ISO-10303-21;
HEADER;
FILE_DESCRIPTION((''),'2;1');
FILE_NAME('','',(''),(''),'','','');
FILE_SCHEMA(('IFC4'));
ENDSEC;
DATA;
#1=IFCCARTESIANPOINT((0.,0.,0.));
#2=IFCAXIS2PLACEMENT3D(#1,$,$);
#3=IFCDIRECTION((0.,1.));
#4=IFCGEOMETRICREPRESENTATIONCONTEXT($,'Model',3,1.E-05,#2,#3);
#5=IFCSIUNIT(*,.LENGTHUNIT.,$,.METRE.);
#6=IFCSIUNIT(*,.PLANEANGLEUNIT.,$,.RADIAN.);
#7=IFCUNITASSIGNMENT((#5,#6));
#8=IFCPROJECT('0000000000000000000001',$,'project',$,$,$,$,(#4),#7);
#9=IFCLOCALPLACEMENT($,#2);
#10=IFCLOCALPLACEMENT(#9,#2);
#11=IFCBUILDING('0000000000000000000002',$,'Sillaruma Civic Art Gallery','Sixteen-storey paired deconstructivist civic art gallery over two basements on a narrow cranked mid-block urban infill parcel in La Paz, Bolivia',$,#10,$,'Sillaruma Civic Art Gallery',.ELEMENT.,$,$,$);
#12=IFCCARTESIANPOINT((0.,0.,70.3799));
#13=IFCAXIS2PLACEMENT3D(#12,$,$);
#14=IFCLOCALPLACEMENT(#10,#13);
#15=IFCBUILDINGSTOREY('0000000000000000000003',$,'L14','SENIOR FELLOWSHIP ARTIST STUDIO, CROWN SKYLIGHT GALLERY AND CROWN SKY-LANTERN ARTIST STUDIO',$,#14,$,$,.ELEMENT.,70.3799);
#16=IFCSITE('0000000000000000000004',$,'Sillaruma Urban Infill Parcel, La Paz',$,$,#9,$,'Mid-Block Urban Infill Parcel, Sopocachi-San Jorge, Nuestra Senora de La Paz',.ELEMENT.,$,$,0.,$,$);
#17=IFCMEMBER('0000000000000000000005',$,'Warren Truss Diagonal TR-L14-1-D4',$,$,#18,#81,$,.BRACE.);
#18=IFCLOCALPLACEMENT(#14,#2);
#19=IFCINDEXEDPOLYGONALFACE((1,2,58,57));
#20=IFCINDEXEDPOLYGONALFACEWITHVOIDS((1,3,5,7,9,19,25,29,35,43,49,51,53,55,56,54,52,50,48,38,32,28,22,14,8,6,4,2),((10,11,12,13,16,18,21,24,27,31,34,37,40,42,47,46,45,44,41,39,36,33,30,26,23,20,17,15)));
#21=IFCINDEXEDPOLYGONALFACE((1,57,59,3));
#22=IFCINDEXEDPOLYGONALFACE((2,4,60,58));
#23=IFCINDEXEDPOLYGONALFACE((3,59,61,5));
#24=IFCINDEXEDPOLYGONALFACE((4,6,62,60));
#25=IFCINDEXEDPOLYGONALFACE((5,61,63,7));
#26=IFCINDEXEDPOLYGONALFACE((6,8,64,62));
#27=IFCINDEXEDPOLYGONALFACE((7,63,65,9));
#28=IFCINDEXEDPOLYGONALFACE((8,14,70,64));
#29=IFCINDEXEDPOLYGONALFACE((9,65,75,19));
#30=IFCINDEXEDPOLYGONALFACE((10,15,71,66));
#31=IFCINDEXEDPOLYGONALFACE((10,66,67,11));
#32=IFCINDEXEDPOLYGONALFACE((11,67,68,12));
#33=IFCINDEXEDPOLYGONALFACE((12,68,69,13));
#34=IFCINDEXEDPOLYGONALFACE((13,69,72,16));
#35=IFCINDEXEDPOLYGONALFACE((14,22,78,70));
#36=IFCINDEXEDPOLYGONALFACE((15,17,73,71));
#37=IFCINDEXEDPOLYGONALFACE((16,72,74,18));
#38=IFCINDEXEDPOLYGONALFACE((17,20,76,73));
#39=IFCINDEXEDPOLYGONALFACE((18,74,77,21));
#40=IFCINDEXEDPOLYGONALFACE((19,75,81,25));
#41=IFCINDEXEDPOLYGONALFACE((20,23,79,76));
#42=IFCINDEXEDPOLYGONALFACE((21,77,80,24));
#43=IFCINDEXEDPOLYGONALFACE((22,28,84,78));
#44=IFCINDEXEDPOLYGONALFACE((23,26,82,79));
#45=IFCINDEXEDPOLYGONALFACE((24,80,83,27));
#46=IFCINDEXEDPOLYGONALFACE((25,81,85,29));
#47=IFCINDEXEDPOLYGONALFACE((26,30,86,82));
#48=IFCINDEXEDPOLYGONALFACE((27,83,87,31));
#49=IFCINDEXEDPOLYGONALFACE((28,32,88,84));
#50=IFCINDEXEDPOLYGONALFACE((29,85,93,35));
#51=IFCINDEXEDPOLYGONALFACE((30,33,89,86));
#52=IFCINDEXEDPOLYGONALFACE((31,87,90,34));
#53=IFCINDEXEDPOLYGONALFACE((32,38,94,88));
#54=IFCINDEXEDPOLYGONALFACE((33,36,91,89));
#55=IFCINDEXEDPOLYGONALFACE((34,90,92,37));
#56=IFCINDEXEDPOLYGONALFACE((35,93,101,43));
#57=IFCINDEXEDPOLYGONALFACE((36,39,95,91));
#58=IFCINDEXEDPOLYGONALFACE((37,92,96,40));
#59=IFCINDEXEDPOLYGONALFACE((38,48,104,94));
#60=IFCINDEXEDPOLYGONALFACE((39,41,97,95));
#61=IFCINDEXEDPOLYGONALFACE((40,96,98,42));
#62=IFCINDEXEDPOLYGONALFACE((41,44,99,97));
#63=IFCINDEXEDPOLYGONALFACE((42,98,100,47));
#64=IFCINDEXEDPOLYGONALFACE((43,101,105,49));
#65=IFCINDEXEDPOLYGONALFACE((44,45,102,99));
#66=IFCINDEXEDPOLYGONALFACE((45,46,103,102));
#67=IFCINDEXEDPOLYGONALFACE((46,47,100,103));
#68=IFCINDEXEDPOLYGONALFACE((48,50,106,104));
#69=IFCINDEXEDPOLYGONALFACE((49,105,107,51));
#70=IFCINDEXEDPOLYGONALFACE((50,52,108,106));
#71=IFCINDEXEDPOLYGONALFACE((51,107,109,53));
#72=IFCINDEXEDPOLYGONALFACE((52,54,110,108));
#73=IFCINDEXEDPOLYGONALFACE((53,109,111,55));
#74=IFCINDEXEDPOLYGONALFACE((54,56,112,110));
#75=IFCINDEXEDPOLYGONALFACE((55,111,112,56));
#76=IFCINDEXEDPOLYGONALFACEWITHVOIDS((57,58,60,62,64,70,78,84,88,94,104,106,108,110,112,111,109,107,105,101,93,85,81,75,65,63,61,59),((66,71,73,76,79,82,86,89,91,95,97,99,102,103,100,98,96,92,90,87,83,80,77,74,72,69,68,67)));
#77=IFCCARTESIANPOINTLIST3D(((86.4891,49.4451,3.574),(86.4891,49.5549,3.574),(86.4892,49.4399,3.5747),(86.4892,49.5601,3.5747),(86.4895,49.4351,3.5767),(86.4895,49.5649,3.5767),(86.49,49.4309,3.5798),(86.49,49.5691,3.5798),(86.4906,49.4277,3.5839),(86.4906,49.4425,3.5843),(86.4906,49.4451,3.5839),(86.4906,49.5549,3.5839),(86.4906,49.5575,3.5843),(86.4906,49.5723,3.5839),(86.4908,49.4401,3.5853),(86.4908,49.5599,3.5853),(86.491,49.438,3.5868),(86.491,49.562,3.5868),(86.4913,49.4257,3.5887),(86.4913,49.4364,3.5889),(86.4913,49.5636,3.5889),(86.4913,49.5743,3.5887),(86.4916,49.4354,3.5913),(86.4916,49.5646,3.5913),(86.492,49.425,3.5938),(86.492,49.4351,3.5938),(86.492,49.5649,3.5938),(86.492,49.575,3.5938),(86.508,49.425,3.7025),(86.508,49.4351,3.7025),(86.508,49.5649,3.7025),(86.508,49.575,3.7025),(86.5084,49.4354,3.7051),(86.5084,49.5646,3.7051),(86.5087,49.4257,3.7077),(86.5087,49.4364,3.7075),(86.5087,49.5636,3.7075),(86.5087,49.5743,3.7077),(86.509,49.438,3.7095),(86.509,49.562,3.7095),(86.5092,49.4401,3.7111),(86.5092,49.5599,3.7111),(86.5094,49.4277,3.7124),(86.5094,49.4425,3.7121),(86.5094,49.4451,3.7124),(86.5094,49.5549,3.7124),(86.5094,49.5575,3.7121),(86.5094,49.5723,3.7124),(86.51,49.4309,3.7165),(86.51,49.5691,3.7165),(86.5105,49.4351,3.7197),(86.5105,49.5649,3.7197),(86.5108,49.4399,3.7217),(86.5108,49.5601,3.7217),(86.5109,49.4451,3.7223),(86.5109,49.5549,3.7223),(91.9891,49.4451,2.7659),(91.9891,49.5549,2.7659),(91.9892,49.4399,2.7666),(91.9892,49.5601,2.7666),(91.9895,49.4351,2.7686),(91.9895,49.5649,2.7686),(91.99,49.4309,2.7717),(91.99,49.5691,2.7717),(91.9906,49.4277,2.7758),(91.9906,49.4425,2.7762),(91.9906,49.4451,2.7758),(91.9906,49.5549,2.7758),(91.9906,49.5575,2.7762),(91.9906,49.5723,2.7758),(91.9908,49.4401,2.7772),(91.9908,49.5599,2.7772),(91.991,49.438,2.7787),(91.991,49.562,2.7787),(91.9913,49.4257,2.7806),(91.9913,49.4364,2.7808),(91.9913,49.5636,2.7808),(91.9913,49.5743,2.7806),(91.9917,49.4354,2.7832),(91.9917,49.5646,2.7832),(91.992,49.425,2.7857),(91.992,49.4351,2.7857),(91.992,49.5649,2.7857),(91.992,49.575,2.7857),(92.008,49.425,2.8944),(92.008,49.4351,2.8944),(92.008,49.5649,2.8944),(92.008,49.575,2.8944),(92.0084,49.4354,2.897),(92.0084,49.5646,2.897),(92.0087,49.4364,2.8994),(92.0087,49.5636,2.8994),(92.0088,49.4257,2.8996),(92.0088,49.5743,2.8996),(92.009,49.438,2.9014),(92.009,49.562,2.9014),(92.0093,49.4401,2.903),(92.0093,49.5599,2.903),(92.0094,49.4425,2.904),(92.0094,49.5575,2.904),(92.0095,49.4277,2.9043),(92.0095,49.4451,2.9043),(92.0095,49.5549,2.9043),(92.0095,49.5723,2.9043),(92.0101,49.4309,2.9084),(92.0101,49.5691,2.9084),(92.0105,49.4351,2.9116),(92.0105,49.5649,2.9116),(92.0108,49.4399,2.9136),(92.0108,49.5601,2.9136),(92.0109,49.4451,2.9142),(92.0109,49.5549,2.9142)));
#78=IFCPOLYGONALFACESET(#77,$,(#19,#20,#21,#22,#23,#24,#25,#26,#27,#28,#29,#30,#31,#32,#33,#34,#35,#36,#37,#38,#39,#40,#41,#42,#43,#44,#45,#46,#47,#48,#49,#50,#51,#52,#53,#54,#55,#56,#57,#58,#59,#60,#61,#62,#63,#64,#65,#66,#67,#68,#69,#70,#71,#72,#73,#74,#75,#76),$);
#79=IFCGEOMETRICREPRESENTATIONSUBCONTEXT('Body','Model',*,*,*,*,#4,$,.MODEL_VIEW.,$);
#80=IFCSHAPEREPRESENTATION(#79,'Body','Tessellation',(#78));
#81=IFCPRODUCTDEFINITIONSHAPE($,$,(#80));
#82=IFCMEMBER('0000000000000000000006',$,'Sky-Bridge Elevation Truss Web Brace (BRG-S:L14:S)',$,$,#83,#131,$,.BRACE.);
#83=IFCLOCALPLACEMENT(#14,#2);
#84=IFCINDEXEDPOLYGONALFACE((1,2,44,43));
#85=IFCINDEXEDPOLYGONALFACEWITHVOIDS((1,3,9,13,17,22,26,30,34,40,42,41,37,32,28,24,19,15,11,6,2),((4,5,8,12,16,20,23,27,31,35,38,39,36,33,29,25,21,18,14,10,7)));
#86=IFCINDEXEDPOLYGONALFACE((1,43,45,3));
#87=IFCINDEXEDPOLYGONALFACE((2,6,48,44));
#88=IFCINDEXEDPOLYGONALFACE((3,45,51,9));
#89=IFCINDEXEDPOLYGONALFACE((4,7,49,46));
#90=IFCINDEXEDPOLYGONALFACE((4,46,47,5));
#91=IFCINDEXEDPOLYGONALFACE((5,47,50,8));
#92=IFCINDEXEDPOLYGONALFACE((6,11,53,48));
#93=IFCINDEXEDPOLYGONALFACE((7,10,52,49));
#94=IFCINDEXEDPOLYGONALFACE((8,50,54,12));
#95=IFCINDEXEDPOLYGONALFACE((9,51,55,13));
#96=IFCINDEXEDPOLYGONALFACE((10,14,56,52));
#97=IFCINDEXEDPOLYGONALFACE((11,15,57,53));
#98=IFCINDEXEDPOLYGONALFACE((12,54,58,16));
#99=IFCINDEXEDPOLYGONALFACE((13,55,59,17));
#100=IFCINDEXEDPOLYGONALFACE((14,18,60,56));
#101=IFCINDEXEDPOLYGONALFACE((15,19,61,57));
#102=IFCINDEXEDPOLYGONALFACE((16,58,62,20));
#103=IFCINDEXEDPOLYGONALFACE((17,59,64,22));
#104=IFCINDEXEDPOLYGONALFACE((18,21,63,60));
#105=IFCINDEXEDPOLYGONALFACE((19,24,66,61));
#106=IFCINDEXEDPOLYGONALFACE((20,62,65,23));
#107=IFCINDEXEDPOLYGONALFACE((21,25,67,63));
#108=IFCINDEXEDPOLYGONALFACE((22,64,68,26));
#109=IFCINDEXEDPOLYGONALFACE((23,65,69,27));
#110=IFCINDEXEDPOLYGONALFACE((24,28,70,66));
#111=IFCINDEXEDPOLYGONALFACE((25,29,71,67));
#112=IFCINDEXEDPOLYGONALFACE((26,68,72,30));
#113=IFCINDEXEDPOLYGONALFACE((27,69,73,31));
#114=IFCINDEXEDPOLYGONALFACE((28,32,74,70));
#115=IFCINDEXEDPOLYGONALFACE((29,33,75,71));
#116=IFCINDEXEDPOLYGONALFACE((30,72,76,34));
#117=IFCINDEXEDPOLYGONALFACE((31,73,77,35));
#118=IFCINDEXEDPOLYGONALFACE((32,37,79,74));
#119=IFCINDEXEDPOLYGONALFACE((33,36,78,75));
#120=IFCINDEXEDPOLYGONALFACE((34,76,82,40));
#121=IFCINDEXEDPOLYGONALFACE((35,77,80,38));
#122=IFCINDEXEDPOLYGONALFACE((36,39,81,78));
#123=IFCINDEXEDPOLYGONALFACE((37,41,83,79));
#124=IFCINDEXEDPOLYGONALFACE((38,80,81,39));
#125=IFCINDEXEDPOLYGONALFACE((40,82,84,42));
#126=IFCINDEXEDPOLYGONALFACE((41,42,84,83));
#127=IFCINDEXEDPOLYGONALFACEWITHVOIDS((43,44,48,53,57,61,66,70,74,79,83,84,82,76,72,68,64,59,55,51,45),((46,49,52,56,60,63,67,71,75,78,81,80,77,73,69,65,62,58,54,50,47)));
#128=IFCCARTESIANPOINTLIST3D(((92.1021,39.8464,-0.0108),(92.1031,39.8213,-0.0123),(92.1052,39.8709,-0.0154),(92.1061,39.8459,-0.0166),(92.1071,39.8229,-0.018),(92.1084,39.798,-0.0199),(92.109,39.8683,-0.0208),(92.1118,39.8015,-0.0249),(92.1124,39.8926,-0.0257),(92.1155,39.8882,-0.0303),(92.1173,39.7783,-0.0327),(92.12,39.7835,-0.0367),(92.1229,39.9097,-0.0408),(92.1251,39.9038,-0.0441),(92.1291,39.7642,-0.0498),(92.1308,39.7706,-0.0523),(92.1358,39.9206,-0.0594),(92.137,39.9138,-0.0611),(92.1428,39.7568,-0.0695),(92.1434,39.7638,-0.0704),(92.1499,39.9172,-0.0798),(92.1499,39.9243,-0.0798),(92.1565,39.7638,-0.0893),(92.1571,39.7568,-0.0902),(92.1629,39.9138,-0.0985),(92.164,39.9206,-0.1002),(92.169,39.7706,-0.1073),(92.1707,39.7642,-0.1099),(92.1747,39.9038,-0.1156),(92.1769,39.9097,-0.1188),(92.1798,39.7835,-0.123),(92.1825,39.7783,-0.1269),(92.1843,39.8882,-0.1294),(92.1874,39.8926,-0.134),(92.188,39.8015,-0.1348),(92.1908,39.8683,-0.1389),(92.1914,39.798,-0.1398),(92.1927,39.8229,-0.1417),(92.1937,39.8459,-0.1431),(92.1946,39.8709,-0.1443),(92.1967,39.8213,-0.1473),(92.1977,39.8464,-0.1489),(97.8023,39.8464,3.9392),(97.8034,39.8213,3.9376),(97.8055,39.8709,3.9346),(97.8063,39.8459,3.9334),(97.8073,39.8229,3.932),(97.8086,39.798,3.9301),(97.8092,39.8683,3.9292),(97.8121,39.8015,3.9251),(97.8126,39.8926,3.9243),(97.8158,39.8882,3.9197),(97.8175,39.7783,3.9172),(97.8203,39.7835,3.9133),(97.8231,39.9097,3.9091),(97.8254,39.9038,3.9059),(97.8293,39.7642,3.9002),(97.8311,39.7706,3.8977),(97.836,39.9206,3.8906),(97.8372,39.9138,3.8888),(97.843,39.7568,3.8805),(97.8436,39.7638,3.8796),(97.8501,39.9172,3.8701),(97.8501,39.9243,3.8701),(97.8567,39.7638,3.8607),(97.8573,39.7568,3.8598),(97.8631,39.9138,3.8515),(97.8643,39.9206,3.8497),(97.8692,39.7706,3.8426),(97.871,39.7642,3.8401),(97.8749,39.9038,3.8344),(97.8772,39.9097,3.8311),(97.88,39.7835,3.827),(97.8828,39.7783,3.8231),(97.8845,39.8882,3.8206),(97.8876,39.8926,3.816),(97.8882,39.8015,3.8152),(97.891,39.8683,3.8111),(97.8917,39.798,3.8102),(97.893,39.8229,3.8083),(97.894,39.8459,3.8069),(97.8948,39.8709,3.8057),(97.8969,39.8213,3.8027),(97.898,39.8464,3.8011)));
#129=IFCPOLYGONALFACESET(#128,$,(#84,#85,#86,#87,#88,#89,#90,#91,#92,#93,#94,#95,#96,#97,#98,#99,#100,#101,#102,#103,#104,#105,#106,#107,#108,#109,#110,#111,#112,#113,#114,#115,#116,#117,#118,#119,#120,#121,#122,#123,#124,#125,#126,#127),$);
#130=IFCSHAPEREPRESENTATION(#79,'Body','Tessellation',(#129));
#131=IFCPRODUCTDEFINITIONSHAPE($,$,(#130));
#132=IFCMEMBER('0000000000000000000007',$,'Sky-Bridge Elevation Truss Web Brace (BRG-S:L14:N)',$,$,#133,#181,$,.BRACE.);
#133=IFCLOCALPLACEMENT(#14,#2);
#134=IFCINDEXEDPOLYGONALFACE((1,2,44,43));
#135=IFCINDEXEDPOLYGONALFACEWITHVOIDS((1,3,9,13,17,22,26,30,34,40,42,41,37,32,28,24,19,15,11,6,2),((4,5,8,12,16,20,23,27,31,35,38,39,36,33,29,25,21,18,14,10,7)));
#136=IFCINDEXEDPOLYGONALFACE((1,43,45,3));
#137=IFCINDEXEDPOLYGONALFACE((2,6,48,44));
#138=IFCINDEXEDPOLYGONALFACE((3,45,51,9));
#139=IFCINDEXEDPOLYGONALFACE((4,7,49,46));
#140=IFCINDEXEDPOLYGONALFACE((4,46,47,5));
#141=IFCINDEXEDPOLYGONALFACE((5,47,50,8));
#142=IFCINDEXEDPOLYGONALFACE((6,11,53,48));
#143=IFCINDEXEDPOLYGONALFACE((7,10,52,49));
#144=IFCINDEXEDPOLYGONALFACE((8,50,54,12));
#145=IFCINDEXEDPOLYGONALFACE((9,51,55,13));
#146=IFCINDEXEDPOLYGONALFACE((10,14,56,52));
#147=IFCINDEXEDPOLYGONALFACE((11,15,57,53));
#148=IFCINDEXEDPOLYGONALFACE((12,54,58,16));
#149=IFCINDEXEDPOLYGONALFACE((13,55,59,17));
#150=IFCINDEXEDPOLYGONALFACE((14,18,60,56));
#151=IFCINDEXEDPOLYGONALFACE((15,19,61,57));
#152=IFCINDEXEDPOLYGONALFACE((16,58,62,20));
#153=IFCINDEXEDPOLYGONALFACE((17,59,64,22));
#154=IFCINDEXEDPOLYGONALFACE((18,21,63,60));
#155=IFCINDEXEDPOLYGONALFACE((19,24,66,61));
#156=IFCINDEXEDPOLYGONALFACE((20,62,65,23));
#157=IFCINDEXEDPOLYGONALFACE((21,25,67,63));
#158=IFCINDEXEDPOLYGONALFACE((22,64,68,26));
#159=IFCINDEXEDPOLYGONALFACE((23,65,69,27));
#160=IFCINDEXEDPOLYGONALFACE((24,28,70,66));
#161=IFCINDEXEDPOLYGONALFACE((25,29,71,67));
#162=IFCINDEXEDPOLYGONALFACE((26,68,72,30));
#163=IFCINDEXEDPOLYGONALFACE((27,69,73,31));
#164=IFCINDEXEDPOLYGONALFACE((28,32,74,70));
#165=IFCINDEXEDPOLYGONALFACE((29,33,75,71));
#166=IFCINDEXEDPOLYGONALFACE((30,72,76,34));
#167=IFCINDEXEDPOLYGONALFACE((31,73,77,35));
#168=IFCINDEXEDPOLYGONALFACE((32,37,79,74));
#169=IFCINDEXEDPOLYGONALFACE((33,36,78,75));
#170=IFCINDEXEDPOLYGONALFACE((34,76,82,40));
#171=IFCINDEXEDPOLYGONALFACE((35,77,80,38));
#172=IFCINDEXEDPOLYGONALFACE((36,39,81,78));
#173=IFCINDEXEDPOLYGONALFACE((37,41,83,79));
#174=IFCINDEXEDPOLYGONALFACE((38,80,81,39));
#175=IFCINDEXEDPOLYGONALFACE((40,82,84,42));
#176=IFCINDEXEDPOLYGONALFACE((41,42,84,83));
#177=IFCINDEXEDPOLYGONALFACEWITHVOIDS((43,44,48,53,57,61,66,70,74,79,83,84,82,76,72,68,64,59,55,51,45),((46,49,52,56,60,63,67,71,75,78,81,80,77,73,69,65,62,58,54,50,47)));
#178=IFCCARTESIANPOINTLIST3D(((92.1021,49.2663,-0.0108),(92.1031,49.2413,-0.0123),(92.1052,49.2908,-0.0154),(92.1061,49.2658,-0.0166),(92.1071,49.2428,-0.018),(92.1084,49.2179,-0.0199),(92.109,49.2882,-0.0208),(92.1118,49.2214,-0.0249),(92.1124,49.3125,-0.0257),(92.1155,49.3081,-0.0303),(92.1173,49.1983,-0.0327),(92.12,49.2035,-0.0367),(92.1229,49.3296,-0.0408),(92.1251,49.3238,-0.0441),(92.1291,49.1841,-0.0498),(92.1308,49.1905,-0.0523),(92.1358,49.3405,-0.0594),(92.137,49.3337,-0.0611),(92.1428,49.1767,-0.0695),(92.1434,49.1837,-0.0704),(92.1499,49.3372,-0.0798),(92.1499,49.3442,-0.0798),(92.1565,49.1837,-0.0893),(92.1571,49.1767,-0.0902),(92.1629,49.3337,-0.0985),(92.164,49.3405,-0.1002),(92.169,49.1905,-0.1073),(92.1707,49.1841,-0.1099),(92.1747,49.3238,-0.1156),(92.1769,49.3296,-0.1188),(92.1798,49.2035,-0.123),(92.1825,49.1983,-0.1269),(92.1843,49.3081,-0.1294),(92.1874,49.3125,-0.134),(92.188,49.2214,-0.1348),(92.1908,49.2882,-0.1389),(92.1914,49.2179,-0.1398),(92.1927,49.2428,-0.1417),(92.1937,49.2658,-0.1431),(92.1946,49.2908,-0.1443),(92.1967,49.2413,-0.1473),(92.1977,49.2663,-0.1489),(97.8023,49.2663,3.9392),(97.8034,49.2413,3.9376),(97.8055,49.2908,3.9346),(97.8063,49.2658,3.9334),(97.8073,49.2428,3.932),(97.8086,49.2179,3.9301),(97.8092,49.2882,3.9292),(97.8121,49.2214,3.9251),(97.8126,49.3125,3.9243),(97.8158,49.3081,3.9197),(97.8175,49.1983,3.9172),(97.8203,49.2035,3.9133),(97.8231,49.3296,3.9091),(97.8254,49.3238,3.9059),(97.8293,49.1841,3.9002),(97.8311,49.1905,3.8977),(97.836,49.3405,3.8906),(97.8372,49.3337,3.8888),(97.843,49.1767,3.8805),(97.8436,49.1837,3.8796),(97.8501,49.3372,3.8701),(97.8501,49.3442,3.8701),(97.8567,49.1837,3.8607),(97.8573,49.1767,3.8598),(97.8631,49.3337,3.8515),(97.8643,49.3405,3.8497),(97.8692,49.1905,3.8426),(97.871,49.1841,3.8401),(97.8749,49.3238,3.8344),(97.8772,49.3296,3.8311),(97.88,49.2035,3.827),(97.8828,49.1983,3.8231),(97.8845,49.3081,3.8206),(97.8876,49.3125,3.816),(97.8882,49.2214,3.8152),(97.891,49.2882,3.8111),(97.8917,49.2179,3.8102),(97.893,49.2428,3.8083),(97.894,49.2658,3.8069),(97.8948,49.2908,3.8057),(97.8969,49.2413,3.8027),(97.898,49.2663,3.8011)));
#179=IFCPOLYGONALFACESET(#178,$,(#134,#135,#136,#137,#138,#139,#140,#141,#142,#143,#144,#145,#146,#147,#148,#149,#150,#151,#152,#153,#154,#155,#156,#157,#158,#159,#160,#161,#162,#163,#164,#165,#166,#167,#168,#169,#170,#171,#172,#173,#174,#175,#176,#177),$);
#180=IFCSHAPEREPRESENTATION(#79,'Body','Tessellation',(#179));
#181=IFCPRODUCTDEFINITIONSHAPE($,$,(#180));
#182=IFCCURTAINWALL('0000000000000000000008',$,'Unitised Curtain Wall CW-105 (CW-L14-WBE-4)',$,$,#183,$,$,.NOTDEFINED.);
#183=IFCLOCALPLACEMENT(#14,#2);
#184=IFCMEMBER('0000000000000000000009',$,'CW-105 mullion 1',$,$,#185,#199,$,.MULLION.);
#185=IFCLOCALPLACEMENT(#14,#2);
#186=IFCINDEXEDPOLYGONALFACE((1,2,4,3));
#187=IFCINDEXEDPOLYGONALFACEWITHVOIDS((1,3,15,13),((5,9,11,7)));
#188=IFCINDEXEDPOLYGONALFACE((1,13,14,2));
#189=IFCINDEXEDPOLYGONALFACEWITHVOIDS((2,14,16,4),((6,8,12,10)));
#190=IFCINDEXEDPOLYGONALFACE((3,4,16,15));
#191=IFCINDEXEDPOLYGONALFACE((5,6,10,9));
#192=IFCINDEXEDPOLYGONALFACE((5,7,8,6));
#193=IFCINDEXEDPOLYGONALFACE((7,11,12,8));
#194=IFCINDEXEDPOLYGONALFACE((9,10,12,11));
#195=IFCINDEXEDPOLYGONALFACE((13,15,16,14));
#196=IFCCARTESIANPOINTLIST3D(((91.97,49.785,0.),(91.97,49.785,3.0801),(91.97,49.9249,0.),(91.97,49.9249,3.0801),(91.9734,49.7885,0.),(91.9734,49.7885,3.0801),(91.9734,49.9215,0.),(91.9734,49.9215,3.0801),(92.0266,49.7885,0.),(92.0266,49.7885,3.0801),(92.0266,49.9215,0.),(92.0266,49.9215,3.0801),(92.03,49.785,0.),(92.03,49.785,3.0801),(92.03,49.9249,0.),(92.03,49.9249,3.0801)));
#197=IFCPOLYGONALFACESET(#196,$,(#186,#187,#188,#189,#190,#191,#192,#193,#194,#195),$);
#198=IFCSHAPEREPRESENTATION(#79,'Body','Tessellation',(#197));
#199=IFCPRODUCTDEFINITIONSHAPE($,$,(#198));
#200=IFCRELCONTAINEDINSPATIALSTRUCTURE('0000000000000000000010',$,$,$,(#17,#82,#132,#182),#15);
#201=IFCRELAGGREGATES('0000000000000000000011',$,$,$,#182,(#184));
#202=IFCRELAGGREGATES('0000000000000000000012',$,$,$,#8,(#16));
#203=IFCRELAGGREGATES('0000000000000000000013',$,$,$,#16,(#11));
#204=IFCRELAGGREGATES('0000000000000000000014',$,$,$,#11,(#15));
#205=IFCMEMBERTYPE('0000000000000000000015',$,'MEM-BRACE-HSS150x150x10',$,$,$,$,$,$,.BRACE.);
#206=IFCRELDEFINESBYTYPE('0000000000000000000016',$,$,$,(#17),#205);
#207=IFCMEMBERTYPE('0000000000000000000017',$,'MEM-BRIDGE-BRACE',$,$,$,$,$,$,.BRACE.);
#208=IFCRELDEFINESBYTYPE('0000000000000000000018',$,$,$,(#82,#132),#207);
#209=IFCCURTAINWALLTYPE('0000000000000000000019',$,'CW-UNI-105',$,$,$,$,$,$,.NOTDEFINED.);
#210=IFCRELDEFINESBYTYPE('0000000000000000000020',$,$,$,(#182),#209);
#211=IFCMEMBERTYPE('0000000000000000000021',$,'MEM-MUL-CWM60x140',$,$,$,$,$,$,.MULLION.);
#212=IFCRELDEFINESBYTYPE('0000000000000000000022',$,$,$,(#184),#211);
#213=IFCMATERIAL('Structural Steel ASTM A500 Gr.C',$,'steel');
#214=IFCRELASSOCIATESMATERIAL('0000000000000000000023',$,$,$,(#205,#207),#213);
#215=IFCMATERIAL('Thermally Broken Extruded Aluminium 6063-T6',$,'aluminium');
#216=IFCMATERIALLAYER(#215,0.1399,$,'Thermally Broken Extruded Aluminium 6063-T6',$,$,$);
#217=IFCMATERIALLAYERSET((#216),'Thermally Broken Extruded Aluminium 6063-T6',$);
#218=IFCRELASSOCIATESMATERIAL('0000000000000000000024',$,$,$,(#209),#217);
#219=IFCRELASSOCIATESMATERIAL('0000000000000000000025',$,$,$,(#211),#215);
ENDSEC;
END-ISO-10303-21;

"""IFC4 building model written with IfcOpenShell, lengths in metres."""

from ifc_helpers import new_model, si_unit, direction, frame, origin, origin_2d, place, context, subcontext, project, spatial, hollow_rectangle, hollow_circle, extrude, material, layer, layer_set, material_profile, profile_set, type_object, element, aggregate, save


model = new_model("IFC4")

# Units and contexts
model_context = context("Model", 3, precision=1e-05, world=origin(), true_north=direction((0.0, 1.0)))
body_context = subcontext(model_context, "Body", "Model", "MODEL_VIEW")
ifc_project = project(units=[si_unit("LENGTHUNIT", "METRE"), si_unit("PLANEANGLEUNIT", "RADIAN")], contexts=[model_context])

# Site, building, storey
site_placement = place(None, origin())
site = spatial("IfcSite", under=ifc_project, at=site_placement, Name="Sillaruma Urban Infill Parcel, La Paz", LongName="Mid-Block Urban Infill Parcel, Sopocachi-San Jorge, Nuestra Senora de La Paz", CompositionType="ELEMENT", RefElevation=0.0)
building_placement = place(site_placement, origin())
building = spatial("IfcBuilding", under=site, at=building_placement, Name="Sillaruma Civic Art Gallery", Description="Sixteen-storey paired deconstructivist civic art gallery over two basements on a narrow cranked mid-block urban infill parcel in La Paz, Bolivia", LongName="Sillaruma Civic Art Gallery", CompositionType="ELEMENT")
storey_placement = place(building_placement, frame((0.0, 0.0, 70.3799)))
storey = spatial("IfcBuildingStorey", under=building, at=storey_placement, Name="L14", Description="SENIOR FELLOWSHIP ARTIST STUDIO, CROWN SKYLIGHT GALLERY AND CROWN SKY-LANTERN ARTIST STUDIO", CompositionType="ELEMENT", Elevation=70.3799)

# Members
ifc_material_1 = material(Name="Structural Steel ASTM A500 Gr.C", Category="steel")
ifc_material_profile_1 = material_profile(ifc_material_1, hollow_rectangle(XDim=0.1499, YDim=0.1499, WallThickness=0.01, InnerFilletRadius=0.01, OuterFilletRadius=0.02, at=origin_2d()), Name="HSS150x150x10")
ifc_profile_set_1 = profile_set([ifc_material_profile_1], Name="Structural Steel ASTM A500 Gr.C")
member_type_1 = type_object("IfcMemberType", Name="MEM-BRACE-HSS150x150x10", PredefinedType="BRACE", material=ifc_profile_set_1)
for number, where, z_axis, x_axis, name in (
    (1, (86.5, 49.5, 3.6482), (0.989378, 0.0, -0.145368), (0.0, 1.0, 0.0), "Warren Truss Diagonal TR-L14-1-D4"),
):
    element("IfcMember", number, at=place(storey_placement, frame(where, z_axis=z_axis, x_axis=x_axis)), inside=storey, type_object=member_type_1, Name=name, PredefinedType="BRACE", context=body_context, shape_type="SweptSolid", body=[
        extrude(hollow_rectangle(XDim=0.1499, YDim=0.1499, WallThickness=0.01, InnerFilletRadius=0.01, OuterFilletRadius=0.02, at=origin_2d()), origin(), (0.0, 0.0, 1.0), 5.5591),
    ])
ifc_material_profile_2 = material_profile(ifc_material_1, hollow_circle(Radius=0.0842, WallThickness=0.0071, at=origin_2d()), Name="CHS168.3x7.1")
ifc_profile_set_2 = profile_set([ifc_material_profile_2], Name="Structural Steel ASTM A500 Gr.C")
member_type_2 = type_object("IfcMemberType", Name="MEM-BRIDGE-BRACE", PredefinedType="BRACE", material=ifc_profile_set_2)
for number, where, z_axis, x_axis, name in (
    (2, (92.1499, 39.8401, -0.0798), (0.821945, 0.0, 0.569567), (0.0, 1.0, 0.0), "Sky-Bridge Elevation Truss Web Brace (BRG-S:L14:S)"),
    (3, (92.1499, 49.26, -0.0798), (0.821945, 0.0, 0.569567), (0.0, 1.0, 0.0), "Sky-Bridge Elevation Truss Web Brace (BRG-S:L14:N)"),
):
    element("IfcMember", number, at=place(storey_placement, frame(where, z_axis=z_axis, x_axis=x_axis)), inside=storey, type_object=member_type_2, Name=name, PredefinedType="BRACE", context=body_context, shape_type="SweptSolid", body=[
        extrude(hollow_circle(Radius=0.0842, WallThickness=0.0071, at=origin_2d()), origin(), (0.0, 0.0, 1.0), 6.9351),
    ])

# Curtain wall, member
ifc_material_2 = material(Name="Thermally Broken Extruded Aluminium 6063-T6", Category="aluminium")
ifc_layer_1 = layer(ifc_material_2, 0.1399, Name="Thermally Broken Extruded Aluminium 6063-T6")
ifc_layer_set_1 = layer_set([ifc_layer_1], Name="Thermally Broken Extruded Aluminium 6063-T6")
curtain_wall_type_1 = type_object("IfcCurtainWallType", Name="CW-UNI-105", PredefinedType="NOTDEFINED", material=ifc_layer_set_1)
curtain_wall_1_placement = place(storey_placement, origin())
curtain_wall_1 = element("IfcCurtainWall", 4, at=curtain_wall_1_placement, inside=storey, type_object=curtain_wall_type_1, Name="Unitised Curtain Wall CW-105 (CW-L14-WBE-4)", PredefinedType="NOTDEFINED")
ifc_material_profile_3 = material_profile(ifc_material_2, hollow_rectangle(XDim=0.0601, YDim=0.1399, WallThickness=0.0034, at=origin_2d()), Name="CWM60x140")
ifc_profile_set_3 = profile_set([ifc_material_profile_3], Name="Thermally Broken Extruded Aluminium 6063-T6")
member_type_3 = type_object("IfcMemberType", Name="MEM-MUL-CWM60x140", PredefinedType="MULLION", material=ifc_profile_set_3)
member_1_placement = place(storey_placement, frame((92.0, 49.855, 0.0), z_axis=(0.0, 0.0, 1.0), x_axis=(-1.0, 0.0, 0.0)))
member_1 = element("IfcMember", 5, at=member_1_placement, type_object=member_type_3, Name="CW-105 mullion 1", PredefinedType="MULLION", context=body_context, shape_type="SweptSolid", body=[
    extrude(hollow_rectangle(XDim=0.0601, YDim=0.1399, WallThickness=0.0034, at=origin_2d()), origin(), (0.0, 0.0, 1.0), 3.0801),
])

aggregate(curtain_wall_1, [member_1])

save(model, "model.ifc")
